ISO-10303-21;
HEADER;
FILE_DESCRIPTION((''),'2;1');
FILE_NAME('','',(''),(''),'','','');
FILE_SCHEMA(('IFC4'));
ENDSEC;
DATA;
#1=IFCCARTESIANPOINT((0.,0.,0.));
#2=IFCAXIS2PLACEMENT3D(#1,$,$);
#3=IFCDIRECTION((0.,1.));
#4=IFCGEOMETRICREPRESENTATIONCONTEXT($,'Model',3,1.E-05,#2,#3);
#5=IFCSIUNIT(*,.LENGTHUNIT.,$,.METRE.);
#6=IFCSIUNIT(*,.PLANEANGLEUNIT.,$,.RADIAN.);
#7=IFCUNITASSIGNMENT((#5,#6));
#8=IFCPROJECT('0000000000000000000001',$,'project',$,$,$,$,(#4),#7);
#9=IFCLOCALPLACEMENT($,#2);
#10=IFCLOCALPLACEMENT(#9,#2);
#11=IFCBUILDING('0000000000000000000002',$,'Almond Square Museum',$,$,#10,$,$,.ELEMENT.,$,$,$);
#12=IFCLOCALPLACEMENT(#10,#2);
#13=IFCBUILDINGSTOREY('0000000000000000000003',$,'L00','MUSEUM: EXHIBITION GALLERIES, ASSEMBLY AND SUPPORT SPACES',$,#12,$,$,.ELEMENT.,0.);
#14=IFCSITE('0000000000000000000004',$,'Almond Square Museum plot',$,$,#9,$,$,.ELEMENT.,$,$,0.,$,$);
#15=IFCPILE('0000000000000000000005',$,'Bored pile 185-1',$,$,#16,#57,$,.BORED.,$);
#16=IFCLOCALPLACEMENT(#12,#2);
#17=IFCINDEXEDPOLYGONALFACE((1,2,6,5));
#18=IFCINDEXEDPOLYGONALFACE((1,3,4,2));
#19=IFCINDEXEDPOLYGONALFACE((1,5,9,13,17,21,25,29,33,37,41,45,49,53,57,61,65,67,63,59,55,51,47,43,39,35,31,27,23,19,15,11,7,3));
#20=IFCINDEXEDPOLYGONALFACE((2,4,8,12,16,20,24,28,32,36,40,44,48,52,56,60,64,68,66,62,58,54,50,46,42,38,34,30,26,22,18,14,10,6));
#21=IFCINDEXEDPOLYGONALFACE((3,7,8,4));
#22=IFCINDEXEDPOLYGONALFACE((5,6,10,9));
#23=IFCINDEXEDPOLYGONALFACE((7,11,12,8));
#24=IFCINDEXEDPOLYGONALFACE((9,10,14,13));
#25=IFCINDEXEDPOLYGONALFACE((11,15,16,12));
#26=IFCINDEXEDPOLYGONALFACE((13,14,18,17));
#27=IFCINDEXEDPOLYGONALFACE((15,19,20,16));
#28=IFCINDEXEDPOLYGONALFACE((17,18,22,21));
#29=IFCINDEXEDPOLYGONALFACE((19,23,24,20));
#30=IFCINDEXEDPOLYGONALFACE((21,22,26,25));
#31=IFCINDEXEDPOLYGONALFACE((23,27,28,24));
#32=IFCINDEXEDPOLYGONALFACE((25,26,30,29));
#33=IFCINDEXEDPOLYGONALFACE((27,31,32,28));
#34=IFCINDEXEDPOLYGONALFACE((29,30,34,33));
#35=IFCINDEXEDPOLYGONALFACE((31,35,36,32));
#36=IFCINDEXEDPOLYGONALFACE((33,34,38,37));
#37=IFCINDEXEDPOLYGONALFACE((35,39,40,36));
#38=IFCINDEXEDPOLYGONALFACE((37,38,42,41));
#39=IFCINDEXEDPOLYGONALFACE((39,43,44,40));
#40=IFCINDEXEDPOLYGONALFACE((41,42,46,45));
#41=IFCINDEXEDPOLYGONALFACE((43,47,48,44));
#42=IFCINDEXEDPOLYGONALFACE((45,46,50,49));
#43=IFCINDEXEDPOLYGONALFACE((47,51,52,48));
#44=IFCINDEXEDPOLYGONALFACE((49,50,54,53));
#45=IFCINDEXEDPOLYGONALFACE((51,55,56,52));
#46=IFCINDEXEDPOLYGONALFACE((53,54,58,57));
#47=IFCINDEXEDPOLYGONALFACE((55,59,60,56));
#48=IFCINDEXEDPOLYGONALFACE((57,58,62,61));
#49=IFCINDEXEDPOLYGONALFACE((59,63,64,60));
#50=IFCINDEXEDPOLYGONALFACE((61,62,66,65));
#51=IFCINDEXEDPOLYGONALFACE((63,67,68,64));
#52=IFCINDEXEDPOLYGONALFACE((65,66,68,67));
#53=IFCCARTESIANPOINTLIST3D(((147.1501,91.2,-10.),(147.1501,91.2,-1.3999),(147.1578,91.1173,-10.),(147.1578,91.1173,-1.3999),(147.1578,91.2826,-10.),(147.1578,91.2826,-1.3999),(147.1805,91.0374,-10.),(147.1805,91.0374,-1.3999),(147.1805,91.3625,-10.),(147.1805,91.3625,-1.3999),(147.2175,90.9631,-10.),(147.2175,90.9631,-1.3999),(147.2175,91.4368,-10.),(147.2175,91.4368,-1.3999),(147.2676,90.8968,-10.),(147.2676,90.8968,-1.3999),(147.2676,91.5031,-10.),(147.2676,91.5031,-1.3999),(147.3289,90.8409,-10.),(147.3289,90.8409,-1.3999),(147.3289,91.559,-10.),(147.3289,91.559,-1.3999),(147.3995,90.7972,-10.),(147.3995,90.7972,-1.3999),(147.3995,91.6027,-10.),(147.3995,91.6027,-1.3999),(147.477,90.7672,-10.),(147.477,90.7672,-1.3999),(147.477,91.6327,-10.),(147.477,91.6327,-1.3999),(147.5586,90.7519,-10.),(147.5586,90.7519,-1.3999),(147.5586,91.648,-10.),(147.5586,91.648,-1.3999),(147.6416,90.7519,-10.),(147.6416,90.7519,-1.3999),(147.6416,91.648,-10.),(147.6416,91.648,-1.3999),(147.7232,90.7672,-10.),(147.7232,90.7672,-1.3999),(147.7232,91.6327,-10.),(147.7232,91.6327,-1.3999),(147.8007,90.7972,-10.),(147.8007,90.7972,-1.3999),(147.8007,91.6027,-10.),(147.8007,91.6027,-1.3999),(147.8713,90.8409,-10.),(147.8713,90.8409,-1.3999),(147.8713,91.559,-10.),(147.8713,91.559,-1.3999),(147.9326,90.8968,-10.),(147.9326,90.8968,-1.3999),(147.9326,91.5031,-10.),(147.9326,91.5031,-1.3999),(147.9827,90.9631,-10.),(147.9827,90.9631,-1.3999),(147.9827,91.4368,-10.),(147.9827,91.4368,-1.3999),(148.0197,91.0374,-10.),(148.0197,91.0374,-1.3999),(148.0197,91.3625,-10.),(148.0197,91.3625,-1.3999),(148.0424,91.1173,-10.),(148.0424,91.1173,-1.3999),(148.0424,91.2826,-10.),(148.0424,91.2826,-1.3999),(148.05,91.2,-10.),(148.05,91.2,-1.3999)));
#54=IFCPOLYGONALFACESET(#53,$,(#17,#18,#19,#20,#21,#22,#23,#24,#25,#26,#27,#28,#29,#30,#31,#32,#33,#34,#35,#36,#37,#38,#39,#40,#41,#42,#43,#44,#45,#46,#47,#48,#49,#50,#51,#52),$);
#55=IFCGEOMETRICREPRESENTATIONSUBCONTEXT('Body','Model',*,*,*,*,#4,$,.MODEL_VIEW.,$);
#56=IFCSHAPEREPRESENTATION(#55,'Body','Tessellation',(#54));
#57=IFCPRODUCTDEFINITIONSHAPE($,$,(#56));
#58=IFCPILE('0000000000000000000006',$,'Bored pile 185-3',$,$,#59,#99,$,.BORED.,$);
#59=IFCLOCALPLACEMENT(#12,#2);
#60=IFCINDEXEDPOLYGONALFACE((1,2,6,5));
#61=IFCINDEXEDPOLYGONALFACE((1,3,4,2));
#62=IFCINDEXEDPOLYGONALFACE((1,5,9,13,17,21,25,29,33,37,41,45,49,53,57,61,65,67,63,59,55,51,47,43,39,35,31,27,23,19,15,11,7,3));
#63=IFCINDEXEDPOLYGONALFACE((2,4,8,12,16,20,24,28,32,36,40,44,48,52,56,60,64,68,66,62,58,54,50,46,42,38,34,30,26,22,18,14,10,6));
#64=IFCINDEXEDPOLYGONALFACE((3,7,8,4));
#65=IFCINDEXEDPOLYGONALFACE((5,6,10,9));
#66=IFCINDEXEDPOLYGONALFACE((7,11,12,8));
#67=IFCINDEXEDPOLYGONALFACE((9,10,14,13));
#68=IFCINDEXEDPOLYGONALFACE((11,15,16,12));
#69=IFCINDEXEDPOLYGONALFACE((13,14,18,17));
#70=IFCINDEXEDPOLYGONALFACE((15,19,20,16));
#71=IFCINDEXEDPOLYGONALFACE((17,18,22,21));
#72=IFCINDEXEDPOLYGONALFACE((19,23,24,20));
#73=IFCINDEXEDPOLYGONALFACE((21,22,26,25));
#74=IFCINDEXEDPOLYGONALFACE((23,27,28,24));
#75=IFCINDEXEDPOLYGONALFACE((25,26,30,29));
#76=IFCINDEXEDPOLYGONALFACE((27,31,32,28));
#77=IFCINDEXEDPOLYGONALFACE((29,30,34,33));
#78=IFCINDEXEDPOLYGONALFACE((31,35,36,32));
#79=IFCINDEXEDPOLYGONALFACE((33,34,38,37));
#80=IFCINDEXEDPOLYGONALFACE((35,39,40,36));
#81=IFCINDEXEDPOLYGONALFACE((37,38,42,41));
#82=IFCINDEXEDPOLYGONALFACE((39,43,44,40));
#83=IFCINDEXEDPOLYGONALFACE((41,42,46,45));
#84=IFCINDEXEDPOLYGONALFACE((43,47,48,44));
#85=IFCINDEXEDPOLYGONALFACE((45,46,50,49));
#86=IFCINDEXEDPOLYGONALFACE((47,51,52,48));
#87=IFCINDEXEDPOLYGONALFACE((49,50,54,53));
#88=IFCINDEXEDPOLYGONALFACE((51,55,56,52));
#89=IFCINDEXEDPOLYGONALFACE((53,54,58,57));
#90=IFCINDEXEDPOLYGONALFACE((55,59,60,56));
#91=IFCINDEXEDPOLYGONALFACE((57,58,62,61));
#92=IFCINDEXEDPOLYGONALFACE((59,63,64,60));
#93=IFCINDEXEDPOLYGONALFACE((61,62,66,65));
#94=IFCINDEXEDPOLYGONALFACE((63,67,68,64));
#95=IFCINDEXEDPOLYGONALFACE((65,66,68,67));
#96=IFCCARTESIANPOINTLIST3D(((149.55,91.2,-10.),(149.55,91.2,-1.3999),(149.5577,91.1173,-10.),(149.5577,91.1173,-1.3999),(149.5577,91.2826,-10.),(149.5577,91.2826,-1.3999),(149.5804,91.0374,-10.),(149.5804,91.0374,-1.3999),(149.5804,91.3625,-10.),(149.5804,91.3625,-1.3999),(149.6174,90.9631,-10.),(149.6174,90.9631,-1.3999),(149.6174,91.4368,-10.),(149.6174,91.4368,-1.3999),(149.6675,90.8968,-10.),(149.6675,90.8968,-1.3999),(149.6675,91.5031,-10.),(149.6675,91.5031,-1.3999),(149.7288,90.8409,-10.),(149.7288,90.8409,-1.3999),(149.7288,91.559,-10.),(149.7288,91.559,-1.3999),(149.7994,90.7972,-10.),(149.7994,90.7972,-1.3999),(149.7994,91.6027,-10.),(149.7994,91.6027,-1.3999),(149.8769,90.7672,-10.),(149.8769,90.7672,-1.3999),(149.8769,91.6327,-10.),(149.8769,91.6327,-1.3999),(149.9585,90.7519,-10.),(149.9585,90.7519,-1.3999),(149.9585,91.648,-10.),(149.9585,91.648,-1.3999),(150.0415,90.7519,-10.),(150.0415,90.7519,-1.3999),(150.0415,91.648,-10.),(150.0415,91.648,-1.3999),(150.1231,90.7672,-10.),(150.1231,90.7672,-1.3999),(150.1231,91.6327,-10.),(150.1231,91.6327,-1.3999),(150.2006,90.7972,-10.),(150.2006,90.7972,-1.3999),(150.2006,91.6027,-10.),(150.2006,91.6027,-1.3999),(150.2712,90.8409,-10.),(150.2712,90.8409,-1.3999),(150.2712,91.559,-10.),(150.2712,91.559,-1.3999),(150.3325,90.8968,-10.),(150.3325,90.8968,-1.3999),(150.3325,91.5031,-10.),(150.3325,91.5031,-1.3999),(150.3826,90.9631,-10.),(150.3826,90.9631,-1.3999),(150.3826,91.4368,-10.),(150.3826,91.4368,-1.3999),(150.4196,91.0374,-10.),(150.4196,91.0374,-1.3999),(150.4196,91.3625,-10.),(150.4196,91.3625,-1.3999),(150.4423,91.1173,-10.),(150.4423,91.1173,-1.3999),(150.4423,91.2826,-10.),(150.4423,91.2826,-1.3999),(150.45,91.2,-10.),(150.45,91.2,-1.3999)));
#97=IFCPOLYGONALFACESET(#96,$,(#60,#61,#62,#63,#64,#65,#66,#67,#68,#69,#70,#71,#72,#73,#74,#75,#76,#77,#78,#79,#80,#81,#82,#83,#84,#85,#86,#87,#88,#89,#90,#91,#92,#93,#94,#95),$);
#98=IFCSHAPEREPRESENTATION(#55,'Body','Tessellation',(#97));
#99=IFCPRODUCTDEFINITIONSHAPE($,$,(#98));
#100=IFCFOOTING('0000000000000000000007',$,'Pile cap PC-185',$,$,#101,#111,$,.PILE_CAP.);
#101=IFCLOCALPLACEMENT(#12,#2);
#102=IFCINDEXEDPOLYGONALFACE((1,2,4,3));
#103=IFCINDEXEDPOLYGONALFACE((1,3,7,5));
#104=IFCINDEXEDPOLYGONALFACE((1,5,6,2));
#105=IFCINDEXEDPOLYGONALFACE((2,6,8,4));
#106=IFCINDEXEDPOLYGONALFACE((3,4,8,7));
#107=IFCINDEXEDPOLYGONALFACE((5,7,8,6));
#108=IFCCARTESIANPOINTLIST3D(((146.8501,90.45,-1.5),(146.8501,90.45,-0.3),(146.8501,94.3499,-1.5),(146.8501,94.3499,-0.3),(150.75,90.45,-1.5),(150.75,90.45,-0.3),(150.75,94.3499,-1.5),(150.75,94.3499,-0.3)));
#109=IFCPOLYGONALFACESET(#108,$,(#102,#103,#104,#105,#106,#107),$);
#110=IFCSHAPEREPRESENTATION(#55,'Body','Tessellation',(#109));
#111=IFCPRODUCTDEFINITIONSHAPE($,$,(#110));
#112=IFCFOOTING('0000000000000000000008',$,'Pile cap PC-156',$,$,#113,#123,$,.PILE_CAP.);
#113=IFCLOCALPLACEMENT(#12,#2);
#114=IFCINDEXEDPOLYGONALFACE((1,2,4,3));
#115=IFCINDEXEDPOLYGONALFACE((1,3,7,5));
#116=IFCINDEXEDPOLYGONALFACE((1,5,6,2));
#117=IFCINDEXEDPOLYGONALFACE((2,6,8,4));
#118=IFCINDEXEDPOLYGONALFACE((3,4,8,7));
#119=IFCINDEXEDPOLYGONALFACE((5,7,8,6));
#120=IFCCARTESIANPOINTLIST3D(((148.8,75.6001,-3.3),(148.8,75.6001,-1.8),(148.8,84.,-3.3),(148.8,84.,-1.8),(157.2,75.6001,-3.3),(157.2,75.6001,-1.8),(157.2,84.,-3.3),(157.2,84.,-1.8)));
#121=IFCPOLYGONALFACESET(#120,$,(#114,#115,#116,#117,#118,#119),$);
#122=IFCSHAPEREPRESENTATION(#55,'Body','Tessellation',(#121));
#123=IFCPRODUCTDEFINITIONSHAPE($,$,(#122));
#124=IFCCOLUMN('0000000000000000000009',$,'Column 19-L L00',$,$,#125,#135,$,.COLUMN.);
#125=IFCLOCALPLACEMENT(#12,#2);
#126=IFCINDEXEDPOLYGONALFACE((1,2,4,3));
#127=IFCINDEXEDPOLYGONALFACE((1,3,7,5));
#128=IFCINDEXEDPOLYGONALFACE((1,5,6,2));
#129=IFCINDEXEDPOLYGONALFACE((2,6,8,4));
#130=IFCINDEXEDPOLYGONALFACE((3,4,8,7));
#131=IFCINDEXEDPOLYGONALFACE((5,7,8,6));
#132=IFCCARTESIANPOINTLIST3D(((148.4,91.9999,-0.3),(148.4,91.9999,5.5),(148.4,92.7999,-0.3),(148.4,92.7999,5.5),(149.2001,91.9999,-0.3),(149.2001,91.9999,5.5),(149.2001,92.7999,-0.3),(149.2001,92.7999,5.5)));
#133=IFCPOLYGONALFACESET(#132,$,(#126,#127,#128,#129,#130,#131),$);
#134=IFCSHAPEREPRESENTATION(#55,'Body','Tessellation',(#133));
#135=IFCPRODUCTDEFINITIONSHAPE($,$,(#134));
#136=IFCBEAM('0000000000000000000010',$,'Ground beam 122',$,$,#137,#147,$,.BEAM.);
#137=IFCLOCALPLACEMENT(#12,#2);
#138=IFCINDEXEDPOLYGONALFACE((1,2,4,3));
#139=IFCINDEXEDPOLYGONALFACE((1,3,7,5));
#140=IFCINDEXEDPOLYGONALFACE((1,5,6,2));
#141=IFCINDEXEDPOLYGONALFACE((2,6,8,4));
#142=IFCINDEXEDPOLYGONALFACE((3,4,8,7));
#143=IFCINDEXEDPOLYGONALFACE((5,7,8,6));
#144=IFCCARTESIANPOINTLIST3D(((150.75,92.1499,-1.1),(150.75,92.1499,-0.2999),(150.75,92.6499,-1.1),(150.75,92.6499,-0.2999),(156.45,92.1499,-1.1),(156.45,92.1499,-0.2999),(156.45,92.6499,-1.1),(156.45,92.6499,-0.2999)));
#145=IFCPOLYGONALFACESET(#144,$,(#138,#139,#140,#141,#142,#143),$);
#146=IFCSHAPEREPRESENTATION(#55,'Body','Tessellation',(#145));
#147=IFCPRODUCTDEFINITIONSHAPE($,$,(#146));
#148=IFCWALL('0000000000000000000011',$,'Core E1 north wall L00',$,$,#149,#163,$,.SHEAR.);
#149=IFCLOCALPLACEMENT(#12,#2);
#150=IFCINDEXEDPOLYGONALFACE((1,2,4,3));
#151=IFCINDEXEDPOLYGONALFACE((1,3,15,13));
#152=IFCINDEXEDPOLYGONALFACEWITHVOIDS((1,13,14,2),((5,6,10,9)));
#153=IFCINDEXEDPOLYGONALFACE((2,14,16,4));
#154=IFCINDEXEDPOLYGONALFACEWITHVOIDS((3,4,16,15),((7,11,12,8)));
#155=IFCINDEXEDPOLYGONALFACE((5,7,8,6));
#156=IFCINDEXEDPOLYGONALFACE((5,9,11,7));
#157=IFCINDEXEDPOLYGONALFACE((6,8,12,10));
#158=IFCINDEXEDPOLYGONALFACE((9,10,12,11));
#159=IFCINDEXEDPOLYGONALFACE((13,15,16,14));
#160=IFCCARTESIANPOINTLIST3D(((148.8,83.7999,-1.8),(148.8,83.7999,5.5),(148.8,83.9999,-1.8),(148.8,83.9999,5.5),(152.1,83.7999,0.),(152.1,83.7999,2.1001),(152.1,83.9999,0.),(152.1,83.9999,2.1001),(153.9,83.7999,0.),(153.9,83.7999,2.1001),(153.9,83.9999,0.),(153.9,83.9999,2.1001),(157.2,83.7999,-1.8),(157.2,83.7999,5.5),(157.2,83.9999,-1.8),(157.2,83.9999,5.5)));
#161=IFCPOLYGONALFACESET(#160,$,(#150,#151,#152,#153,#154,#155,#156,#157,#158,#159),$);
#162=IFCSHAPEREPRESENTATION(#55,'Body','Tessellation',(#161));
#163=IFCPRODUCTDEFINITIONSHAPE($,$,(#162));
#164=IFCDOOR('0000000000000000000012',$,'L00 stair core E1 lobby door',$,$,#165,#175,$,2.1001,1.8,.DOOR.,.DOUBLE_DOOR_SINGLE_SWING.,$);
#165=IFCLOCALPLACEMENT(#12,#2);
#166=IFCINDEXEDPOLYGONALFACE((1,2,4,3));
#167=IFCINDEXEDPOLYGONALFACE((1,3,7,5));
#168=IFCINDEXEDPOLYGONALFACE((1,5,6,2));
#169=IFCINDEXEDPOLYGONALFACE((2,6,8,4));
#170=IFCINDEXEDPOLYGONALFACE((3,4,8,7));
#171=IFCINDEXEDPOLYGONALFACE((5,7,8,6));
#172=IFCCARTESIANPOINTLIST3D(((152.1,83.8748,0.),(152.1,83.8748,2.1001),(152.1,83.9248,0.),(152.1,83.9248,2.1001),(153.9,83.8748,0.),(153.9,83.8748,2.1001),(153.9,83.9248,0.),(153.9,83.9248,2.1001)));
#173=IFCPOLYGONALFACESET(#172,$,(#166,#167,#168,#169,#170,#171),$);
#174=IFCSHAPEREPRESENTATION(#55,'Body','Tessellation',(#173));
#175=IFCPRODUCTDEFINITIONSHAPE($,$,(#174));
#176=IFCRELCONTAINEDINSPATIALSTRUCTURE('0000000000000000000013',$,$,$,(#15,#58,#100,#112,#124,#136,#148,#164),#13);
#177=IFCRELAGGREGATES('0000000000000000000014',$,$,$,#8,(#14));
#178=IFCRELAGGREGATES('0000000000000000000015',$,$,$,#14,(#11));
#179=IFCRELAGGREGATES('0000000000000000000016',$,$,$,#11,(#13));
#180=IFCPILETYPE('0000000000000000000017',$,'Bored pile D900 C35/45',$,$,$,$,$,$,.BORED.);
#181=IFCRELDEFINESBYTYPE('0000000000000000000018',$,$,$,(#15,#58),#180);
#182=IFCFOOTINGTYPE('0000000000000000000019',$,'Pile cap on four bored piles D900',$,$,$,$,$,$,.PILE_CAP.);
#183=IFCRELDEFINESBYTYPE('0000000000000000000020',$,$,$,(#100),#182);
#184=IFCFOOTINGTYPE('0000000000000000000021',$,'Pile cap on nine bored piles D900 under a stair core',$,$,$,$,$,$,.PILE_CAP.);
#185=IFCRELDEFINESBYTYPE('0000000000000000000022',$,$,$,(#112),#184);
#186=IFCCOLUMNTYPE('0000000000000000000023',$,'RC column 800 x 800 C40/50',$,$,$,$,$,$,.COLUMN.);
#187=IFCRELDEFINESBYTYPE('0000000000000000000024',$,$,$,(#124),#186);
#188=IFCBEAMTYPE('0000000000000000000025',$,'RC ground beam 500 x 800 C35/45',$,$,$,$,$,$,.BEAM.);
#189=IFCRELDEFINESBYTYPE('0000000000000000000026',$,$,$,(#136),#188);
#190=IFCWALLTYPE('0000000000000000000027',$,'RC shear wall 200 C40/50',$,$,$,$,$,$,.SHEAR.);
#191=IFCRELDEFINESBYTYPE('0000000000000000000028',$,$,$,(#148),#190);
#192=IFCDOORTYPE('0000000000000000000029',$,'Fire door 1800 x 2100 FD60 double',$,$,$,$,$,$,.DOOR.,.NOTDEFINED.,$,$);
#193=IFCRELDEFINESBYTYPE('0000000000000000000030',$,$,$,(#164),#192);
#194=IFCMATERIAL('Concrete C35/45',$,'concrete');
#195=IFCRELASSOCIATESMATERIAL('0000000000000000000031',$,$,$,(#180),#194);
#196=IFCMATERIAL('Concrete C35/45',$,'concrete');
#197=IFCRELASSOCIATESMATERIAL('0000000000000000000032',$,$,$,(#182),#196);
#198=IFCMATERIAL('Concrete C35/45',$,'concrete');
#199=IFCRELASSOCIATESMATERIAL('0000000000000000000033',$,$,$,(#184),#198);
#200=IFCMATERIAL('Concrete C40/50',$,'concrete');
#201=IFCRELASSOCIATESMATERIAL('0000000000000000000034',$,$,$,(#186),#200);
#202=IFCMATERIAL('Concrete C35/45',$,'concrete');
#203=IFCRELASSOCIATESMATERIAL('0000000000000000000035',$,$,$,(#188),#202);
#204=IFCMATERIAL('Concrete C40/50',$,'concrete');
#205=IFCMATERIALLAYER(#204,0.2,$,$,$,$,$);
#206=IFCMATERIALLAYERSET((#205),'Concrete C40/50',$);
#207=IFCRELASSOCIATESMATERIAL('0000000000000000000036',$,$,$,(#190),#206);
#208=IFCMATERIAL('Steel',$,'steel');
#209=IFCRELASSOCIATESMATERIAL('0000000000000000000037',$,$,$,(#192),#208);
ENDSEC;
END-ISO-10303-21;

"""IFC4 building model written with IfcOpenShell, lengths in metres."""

from ifc_helpers import new_model, si_unit, direction, frame, frame_2d, origin, origin_2d, place, context, subcontext, project, spatial, rectangle, circle, extrude, material, layer, layer_set, material_profile, profile_set, type_object, element, fill, save


model = new_model("IFC4")

# Units and contexts
model_context = context("Model", 3, precision=1e-05, world=origin(), true_north=direction((0.0, 1.0)))
body_context = subcontext(model_context, "Body", "Model", "MODEL_VIEW")
ifc_project = project(units=[si_unit("LENGTHUNIT", "METRE"), si_unit("PLANEANGLEUNIT", "RADIAN")], contexts=[model_context])

# Site, building, storey
site_placement = place(None, origin())
site = spatial("IfcSite", under=ifc_project, at=site_placement, Name="Almond Square Museum plot", CompositionType="ELEMENT", RefElevation=0.0)
building_placement = place(site_placement, origin())
building = spatial("IfcBuilding", under=site, at=building_placement, Name="Almond Square Museum", CompositionType="ELEMENT")
storey_placement = place(building_placement, origin())
storey = spatial("IfcBuildingStorey", under=building, at=storey_placement, Name="L00", Description="MUSEUM: EXHIBITION GALLERIES, ASSEMBLY AND SUPPORT SPACES", CompositionType="ELEMENT", Elevation=0.0)

# Piles
ifc_material_1 = material(Name="Concrete C35/45", Category="concrete")
ifc_material_profile_1 = material_profile(ifc_material_1, circle(Radius=0.45, at=origin_2d()))
ifc_profile_set_1 = profile_set([ifc_material_profile_1], Name="Concrete C35/45")
pile_type = type_object("IfcPileType", Name="Bored pile D900 C35/45", PredefinedType="BORED", material=ifc_profile_set_1)
for number, where, z_axis, x_axis, name in (
    (1, (147.6001, 91.2, -1.3999), (0.0, 0.0, -1.0), (1.0, 0.0, 0.0), "Bored pile 185-1"),
    (2, (150.0, 91.2, -1.3999), (0.0, 0.0, -1.0), (1.0, 0.0, 0.0), "Bored pile 185-3"),
):
    element("IfcPile", number, at=place(storey_placement, frame(where, z_axis=z_axis, x_axis=x_axis)), inside=storey, type_object=pile_type, Name=name, PredefinedType="BORED", context=body_context, shape_type="SweptSolid", body=[
        extrude(circle(Radius=0.45, at=origin_2d()), origin(), (0.0, 0.0, 1.0), 8.6001),
    ])

# Footings
ifc_material_2 = material(Name="Concrete C35/45", Category="concrete")
footing_type_1 = type_object("IfcFootingType", Name="Pile cap on four bored piles D900", PredefinedType="PILE_CAP", material=ifc_material_2)
footing_1_placement = place(storey_placement, frame((148.8, 92.3999, -1.5), z_axis=(0.0, 0.0, 1.0), x_axis=(1.0, 0.0, 0.0)))
element("IfcFooting", 3, at=footing_1_placement, inside=storey, type_object=footing_type_1, Name="Pile cap PC-185", PredefinedType="PILE_CAP", context=body_context, shape_type="SweptSolid", body=[
    extrude(rectangle(XDim=3.8999, YDim=3.8999, at=origin_2d()), origin(), (0.0, 0.0, 1.0), 1.2),
])
ifc_material_3 = material(Name="Concrete C35/45", Category="concrete")
footing_type_2 = type_object("IfcFootingType", Name="Pile cap on nine bored piles D900 under a stair core", PredefinedType="PILE_CAP", material=ifc_material_3)
footing_2_placement = place(storey_placement, frame((153.0, 79.8, -3.3), z_axis=(0.0, 0.0, 1.0), x_axis=(1.0, 0.0, 0.0)))
element("IfcFooting", 4, at=footing_2_placement, inside=storey, type_object=footing_type_2, Name="Pile cap PC-156", PredefinedType="PILE_CAP", context=body_context, shape_type="SweptSolid", body=[
    extrude(rectangle(XDim=8.3999, YDim=8.3999, at=origin_2d()), origin(), (0.0, 0.0, 1.0), 1.5),
])

# Column
ifc_material_4 = material(Name="Concrete C40/50", Category="concrete")
ifc_material_profile_2 = material_profile(ifc_material_4, rectangle(XDim=0.8, YDim=0.8, at=origin_2d()))
ifc_profile_set_2 = profile_set([ifc_material_profile_2], Name="Concrete C40/50")
column_type = type_object("IfcColumnType", Name="RC column 800 x 800 C40/50", PredefinedType="COLUMN", material=ifc_profile_set_2)
column_placement = place(storey_placement, frame((148.8, 92.3999, -0.3), z_axis=(0.0, 0.0, 1.0), x_axis=(1.0, 0.0, 0.0)))
element("IfcColumn", 5, at=column_placement, inside=storey, type_object=column_type, Name="Column 19-L L00", PredefinedType="COLUMN", context=body_context, shape_type="SweptSolid", body=[
    extrude(rectangle(XDim=0.8, YDim=0.8, at=origin_2d()), origin(), (0.0, 0.0, 1.0), 5.8),
])

# Beam
ifc_material_5 = material(Name="Concrete C35/45", Category="concrete")
ifc_material_profile_3 = material_profile(ifc_material_5, rectangle(XDim=0.5, YDim=0.8, at=origin_2d()))
ifc_profile_set_3 = profile_set([ifc_material_profile_3], Name="Concrete C35/45")
beam_type = type_object("IfcBeamType", Name="RC ground beam 500 x 800 C35/45", PredefinedType="BEAM", material=ifc_profile_set_3)
beam_placement = place(storey_placement, frame((150.75, 92.3999, -0.7), z_axis=(1.0, 0.0, 0.0), x_axis=(0.0, 1.0, 0.0)))
element("IfcBeam", 6, at=beam_placement, inside=storey, type_object=beam_type, Name="Ground beam 122", PredefinedType="BEAM", context=body_context, shape_type="SweptSolid", body=[
    extrude(rectangle(XDim=0.5, YDim=0.8, at=origin_2d()), origin(), (0.0, 0.0, 1.0), 5.7),
])

# Wall, opening, door
ifc_material_6 = material(Name="Concrete C40/50", Category="concrete")
ifc_layer_1 = layer(ifc_material_6, 0.2)
ifc_layer_set_1 = layer_set([ifc_layer_1], Name="Concrete C40/50")
wall_type_1 = type_object("IfcWallType", Name="RC shear wall 200 C40/50", PredefinedType="SHEAR", material=ifc_layer_set_1)
wall_1_placement = place(storey_placement, frame((148.8, 83.8999, -1.8), z_axis=(0.0, 0.0, 1.0), x_axis=(1.0, 0.0, 0.0)))
wall_1 = element("IfcWall", 7, at=wall_1_placement, inside=storey, type_object=wall_type_1, Name="Core E1 north wall L00", PredefinedType="SHEAR", context=body_context, shape_type="SweptSolid", body=[
    extrude(rectangle(XDim=8.3999, YDim=0.2, at=frame_2d((4.2, 0.0))), origin(), (0.0, 0.0, 1.0), 7.3),
])
opening_1_placement = place(wall_1_placement, frame((3.3, 0.0, 1.8)))
opening_1 = element("IfcOpeningElement", 8, at=opening_1_placement, cuts=wall_1, PredefinedType="OPENING", context=body_context, shape_type="SweptSolid", body=[
    extrude(rectangle(XDim=1.8, YDim=2.1001, at=frame_2d((0.8999, 1.05))), frame((0.0, 0.1099, 0.0), z_axis=(0.0, -1.0, 0.0), x_axis=(1.0, 0.0, 0.0)), (0.0, 0.0, 1.0), 0.22),
])
ifc_material_7 = material(Name="Steel", Category="steel")
door_type_1 = type_object("IfcDoorType", Name="Fire door 1800 x 2100 FD60 double", OperationType="NOTDEFINED", PredefinedType="DOOR", material=ifc_material_7)
door_1_placement = place(opening_1_placement, origin())
door_1 = element("IfcDoor", 9, at=door_1_placement, inside=storey, type_object=door_type_1, Name="L00 stair core E1 lobby door", OperationType="DOUBLE_DOOR_SINGLE_SWING", OverallHeight=2.1001, OverallWidth=1.8, PredefinedType="DOOR", context=body_context, shape_type="SweptSolid", body=[
    extrude(rectangle(XDim=1.8, YDim=2.1001, at=frame_2d((0.8999, 1.05))), frame((0.0, 0.0249, 0.0), z_axis=(0.0, -1.0, 0.0), x_axis=(1.0, 0.0, 0.0)), (0.0, 0.0, 1.0), 0.05),
])
fill(opening_1, door_1)

save(model, "model.ifc")
